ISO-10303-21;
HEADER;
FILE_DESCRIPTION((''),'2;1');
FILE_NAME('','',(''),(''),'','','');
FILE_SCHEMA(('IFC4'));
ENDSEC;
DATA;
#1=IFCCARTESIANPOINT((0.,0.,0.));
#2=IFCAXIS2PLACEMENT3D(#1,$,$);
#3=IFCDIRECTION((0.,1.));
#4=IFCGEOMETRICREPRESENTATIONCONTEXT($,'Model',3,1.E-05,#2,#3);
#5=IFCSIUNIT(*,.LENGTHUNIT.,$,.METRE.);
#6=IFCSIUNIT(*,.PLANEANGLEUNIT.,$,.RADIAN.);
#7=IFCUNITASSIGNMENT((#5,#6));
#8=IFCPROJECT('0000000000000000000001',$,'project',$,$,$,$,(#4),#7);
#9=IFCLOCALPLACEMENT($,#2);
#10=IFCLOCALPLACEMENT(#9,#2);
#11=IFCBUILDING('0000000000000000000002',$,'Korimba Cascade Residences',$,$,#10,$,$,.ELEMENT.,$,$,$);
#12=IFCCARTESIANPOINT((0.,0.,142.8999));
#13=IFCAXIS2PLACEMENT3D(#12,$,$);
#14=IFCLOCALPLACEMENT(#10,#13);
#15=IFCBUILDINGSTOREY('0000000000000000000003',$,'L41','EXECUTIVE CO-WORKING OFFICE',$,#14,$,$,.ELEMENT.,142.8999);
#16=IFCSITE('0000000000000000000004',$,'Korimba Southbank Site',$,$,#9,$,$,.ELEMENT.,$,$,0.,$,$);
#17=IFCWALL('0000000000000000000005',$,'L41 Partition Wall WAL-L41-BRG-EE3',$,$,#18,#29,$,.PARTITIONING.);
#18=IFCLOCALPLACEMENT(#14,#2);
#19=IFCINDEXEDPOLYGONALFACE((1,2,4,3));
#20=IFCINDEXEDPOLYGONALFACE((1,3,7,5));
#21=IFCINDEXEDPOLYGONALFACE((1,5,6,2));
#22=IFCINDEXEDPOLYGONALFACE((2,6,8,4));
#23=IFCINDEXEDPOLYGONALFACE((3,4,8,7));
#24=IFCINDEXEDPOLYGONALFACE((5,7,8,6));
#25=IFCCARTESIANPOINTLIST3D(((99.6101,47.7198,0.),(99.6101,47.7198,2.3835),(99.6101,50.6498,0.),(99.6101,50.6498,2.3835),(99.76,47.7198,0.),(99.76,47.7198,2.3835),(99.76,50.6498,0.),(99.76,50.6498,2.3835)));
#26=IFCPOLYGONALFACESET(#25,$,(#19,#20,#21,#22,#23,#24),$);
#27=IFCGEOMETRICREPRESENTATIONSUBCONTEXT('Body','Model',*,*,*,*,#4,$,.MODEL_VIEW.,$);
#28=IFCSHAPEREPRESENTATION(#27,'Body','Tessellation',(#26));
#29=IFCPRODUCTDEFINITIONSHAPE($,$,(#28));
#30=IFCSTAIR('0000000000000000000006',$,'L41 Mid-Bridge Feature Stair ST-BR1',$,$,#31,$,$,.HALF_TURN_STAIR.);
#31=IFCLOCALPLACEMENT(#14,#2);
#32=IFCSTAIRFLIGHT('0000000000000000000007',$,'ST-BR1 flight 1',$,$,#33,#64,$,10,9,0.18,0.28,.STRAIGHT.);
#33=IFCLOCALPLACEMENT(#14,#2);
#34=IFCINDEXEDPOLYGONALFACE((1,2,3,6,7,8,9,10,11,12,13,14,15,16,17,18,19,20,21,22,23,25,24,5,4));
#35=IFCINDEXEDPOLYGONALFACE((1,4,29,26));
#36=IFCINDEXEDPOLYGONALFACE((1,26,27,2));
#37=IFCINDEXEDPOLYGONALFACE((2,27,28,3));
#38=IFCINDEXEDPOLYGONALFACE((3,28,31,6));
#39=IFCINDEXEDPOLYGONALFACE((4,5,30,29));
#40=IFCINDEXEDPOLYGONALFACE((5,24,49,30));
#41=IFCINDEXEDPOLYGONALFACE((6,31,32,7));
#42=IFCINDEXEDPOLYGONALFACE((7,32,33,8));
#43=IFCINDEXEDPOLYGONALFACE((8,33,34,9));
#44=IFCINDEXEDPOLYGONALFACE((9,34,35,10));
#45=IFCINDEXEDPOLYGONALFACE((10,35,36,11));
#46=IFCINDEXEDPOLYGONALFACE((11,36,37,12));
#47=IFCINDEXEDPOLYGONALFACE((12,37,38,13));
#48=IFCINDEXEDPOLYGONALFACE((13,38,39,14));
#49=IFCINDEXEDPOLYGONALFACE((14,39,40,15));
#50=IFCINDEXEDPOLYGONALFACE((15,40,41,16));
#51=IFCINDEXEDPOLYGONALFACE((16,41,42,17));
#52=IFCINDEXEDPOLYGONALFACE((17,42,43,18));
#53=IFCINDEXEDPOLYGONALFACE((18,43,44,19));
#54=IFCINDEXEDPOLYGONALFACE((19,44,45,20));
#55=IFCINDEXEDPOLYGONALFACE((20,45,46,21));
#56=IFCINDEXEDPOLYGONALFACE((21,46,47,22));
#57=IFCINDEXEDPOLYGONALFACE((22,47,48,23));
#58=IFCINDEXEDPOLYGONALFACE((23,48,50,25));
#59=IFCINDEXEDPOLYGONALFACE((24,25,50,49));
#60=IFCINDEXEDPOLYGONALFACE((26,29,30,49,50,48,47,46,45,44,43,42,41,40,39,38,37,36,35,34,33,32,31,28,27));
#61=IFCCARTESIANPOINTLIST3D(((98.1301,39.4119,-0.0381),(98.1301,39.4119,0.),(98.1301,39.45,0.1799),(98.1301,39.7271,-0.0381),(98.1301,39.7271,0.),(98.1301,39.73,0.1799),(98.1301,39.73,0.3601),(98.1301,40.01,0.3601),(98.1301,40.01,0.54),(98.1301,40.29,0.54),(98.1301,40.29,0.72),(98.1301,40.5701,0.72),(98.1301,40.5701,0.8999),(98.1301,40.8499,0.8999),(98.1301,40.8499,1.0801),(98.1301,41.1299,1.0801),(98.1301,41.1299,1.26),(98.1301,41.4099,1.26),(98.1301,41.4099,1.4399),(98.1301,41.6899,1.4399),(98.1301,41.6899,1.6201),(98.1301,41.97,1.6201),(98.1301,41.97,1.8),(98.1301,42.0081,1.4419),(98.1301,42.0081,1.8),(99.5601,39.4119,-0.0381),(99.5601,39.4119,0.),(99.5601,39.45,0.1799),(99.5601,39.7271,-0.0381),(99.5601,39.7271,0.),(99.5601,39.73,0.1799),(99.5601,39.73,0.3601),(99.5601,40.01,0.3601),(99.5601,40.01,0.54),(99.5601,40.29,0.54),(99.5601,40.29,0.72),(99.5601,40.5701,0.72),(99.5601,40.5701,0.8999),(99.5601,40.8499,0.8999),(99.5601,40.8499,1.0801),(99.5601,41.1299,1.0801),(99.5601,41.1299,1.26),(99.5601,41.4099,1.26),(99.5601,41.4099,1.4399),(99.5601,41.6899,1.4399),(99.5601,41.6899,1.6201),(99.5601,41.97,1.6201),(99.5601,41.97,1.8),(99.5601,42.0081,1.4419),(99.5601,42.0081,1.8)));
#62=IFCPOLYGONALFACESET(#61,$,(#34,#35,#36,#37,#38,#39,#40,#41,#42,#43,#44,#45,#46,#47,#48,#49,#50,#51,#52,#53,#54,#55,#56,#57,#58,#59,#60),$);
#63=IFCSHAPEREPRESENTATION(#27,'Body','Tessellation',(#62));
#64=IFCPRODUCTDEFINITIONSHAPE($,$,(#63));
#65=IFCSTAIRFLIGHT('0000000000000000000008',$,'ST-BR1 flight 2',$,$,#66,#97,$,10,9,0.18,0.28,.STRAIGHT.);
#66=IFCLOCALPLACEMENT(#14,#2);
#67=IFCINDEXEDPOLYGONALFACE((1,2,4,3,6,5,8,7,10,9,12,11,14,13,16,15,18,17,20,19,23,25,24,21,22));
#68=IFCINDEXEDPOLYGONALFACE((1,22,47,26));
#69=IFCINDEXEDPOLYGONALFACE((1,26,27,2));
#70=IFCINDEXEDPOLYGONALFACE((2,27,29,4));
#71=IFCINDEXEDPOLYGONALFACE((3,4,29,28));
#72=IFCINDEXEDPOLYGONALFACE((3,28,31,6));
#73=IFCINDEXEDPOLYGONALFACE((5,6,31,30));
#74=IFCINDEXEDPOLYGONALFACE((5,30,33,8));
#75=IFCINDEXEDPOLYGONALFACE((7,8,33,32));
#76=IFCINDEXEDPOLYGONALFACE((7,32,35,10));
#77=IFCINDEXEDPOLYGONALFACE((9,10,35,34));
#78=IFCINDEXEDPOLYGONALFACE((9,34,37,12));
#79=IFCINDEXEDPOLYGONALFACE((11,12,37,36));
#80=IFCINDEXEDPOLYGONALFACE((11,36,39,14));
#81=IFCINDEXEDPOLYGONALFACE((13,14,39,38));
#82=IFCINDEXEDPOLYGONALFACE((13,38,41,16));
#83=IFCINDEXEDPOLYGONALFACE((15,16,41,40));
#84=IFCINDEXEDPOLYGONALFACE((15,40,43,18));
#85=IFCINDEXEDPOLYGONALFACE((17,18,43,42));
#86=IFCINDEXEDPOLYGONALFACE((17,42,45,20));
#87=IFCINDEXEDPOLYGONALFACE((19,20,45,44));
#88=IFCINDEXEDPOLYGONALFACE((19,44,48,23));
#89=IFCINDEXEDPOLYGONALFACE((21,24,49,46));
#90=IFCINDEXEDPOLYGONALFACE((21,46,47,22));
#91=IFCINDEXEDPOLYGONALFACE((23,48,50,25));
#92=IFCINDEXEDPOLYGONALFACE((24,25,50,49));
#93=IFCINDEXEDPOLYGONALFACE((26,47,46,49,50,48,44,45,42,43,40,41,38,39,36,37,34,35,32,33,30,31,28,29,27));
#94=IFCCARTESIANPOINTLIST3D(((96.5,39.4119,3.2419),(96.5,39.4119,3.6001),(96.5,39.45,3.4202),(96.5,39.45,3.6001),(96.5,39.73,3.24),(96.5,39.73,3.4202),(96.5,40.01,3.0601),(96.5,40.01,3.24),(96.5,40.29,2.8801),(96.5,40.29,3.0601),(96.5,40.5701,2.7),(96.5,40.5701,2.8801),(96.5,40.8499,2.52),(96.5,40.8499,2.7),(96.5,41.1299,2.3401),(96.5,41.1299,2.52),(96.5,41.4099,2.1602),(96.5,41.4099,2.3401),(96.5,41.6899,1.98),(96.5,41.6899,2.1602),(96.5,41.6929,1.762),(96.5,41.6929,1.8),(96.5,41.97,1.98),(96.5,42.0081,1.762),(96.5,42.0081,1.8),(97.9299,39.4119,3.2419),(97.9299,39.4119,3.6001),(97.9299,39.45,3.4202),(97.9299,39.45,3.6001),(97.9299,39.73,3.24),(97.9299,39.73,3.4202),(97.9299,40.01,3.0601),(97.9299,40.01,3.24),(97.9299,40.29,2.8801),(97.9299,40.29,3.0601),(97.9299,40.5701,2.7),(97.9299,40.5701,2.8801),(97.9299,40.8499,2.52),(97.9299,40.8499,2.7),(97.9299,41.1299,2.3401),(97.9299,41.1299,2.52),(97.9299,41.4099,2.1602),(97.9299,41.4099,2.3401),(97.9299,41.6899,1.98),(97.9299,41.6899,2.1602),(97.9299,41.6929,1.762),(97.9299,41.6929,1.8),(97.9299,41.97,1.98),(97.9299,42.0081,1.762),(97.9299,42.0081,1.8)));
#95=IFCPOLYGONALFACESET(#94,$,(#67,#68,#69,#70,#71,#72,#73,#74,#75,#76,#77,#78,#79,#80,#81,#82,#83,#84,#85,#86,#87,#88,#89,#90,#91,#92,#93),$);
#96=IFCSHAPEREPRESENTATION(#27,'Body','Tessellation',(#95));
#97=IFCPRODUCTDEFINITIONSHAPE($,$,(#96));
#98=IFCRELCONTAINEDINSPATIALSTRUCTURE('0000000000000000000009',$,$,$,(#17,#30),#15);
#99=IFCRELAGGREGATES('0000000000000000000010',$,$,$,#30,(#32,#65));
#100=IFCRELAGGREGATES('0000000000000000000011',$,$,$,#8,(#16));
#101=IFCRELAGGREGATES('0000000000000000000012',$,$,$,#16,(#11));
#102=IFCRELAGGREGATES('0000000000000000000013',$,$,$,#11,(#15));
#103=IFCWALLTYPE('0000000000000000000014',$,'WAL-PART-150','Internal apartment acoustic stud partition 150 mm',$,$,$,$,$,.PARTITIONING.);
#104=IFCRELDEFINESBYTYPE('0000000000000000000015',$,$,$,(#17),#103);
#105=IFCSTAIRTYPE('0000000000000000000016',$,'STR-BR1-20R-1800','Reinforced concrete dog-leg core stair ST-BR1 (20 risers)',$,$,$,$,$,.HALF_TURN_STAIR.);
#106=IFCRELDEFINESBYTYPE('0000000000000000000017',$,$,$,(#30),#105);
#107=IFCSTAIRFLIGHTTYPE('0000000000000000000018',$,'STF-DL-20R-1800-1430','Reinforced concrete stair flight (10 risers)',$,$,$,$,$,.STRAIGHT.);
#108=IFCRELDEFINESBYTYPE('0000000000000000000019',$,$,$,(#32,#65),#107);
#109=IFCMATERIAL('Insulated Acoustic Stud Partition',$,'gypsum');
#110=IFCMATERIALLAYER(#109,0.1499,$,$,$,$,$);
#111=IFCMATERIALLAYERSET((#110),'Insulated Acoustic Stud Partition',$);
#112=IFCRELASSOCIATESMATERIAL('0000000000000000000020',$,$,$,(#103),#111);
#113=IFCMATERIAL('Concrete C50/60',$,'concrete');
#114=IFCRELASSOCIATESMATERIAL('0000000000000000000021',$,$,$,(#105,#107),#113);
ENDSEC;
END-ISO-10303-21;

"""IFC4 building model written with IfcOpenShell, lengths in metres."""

from ifc_helpers import new_model, si_unit, direction, frame, frame_2d, origin, place, context, subcontext, project, spatial, polyline, rectangle, outline, extrude, material, layer, layer_set, type_object, element, aggregate, save


model = new_model("IFC4")

# Units and contexts
model_context = context("Model", 3, precision=1e-05, world=origin(), true_north=direction((0.0, 1.0)))
body_context = subcontext(model_context, "Body", "Model", "MODEL_VIEW")
ifc_project = project(units=[si_unit("LENGTHUNIT", "METRE"), si_unit("PLANEANGLEUNIT", "RADIAN")], contexts=[model_context])

# Site, building, storey
site_placement = place(None, origin())
site = spatial("IfcSite", under=ifc_project, at=site_placement, Name="Korimba Southbank Site", CompositionType="ELEMENT", RefElevation=0.0)
building_placement = place(site_placement, origin())
building = spatial("IfcBuilding", under=site, at=building_placement, Name="Korimba Cascade Residences", CompositionType="ELEMENT")
storey_placement = place(building_placement, frame((0.0, 0.0, 142.8999)))
storey = spatial("IfcBuildingStorey", under=building, at=storey_placement, Name="L41", Description="EXECUTIVE CO-WORKING OFFICE", CompositionType="ELEMENT", Elevation=142.8999)

# Wall
ifc_material_1 = material(Name="Insulated Acoustic Stud Partition", Category="gypsum")
ifc_layer = layer(ifc_material_1, 0.1499)
ifc_layer_set = layer_set([ifc_layer], Name="Insulated Acoustic Stud Partition")
wall_type = type_object("IfcWallType", Name="WAL-PART-150", Description="Internal apartment acoustic stud partition 150 mm", PredefinedType="PARTITIONING", material=ifc_layer_set)
wall_placement = place(storey_placement, frame((99.6851, 47.72, 0.0), z_axis=(0.0, 0.0, 1.0), x_axis=(0.0, 1.0, 0.0)))
element("IfcWall", 1, at=wall_placement, inside=storey, type_object=wall_type, Name="L41 Partition Wall WAL-L41-BRG-EE3", PredefinedType="PARTITIONING", context=body_context, shape_type="SweptSolid", body=[
    extrude(rectangle(XDim=2.9299, YDim=0.1499, at=frame_2d((1.4648, 0.0))), origin(), (0.0, 0.0, 1.0), 2.3835),
])

# Stair, stair flights
ifc_material_2 = material(Name="Concrete C50/60", Category="concrete")
stair_type = type_object("IfcStairType", Name="STR-BR1-20R-1800", Description="Reinforced concrete dog-leg core stair ST-BR1 (20 risers)", PredefinedType="HALF_TURN_STAIR", material=ifc_material_2)
stair_placement = place(storey_placement, origin())
stair = element("IfcStair", 2, at=stair_placement, inside=storey, type_object=stair_type, Name="L41 Mid-Bridge Feature Stair ST-BR1", PredefinedType="HALF_TURN_STAIR")
stair_flight_type = type_object("IfcStairFlightType", Name="STF-DL-20R-1800-1430", Description="Reinforced concrete stair flight (10 risers)", PredefinedType="STRAIGHT", material=ifc_material_2)
stair_flight_1_placement = place(storey_placement, frame((98.845, 39.45, 0.0), z_axis=(0.0, 0.0, 1.0), x_axis=(0.0, 1.0, 0.0)))
stair_flight_1 = element("IfcStairFlight", 3, at=stair_flight_1_placement, type_object=stair_flight_type, Name="ST-BR1 flight 1", NumberOfRisers=10, NumberOfTreads=9, PredefinedType="STRAIGHT", RiserHeight=0.18, TreadLength=0.28, context=body_context, shape_type="SweptSolid", body=[
    extrude(outline(polyline([(-0.0381, 0.0), (0.0, 0.1799), (0.28, 0.1799), (0.28, 0.3601), (0.5601, 0.3601), (0.5601, 0.54), (0.8401, 0.54), (0.8401, 0.72), (1.1201, 0.72), (1.1201, 0.8999), (1.3999, 0.8999), (1.3999, 1.0801), (1.6799, 1.0801), (1.6799, 1.26), (1.96, 1.26), (1.96, 1.4399), (2.24, 1.4399), (2.24, 1.6201), (2.52, 1.6201), (2.52, 1.8), (2.5581, 1.8), (2.5581, 1.4419), (0.2771, 0.0), (0.2771, -0.0381), (-0.0381, -0.0381), (-0.0381, 0.0)])), frame((0.0, 0.7148, 0.0), z_axis=(0.0, -1.0, 0.0), x_axis=(1.0, 0.0, 0.0)), (0.0, 0.0, 1.0), 1.4299),
])
stair_flight_2_placement = place(storey_placement, frame((97.2151, 41.97, 1.8), z_axis=(0.0, 0.0, 1.0), x_axis=(0.0, -1.0, 0.0)))
stair_flight_2 = element("IfcStairFlight", 4, at=stair_flight_2_placement, type_object=stair_flight_type, Name="ST-BR1 flight 2", NumberOfRisers=10, NumberOfTreads=9, PredefinedType="STRAIGHT", RiserHeight=0.18, TreadLength=0.28, context=body_context, shape_type="SweptSolid", body=[
    extrude(outline(polyline([(-0.0381, 0.0), (0.0, 0.1799), (0.28, 0.1799), (0.28, 0.3601), (0.5601, 0.3601), (0.5601, 0.54), (0.8401, 0.54), (0.8401, 0.72), (1.1201, 0.72), (1.1201, 0.8999), (1.3999, 0.8999), (1.3999, 1.0801), (1.6799, 1.0801), (1.6799, 1.26), (1.96, 1.26), (1.96, 1.4399), (2.24, 1.4399), (2.24, 1.6201), (2.52, 1.6201), (2.52, 1.8), (2.5581, 1.8), (2.5581, 1.4419), (0.2771, 0.0), (0.2771, -0.0381), (-0.0381, -0.0381), (-0.0381, 0.0)])), frame((0.0, 0.7148, 0.0), z_axis=(0.0, -1.0, 0.0), x_axis=(1.0, 0.0, 0.0)), (0.0, 0.0, 1.0), 1.4299),
])
aggregate(stair, [stair_flight_1, stair_flight_2])

save(model, "model.ifc")
